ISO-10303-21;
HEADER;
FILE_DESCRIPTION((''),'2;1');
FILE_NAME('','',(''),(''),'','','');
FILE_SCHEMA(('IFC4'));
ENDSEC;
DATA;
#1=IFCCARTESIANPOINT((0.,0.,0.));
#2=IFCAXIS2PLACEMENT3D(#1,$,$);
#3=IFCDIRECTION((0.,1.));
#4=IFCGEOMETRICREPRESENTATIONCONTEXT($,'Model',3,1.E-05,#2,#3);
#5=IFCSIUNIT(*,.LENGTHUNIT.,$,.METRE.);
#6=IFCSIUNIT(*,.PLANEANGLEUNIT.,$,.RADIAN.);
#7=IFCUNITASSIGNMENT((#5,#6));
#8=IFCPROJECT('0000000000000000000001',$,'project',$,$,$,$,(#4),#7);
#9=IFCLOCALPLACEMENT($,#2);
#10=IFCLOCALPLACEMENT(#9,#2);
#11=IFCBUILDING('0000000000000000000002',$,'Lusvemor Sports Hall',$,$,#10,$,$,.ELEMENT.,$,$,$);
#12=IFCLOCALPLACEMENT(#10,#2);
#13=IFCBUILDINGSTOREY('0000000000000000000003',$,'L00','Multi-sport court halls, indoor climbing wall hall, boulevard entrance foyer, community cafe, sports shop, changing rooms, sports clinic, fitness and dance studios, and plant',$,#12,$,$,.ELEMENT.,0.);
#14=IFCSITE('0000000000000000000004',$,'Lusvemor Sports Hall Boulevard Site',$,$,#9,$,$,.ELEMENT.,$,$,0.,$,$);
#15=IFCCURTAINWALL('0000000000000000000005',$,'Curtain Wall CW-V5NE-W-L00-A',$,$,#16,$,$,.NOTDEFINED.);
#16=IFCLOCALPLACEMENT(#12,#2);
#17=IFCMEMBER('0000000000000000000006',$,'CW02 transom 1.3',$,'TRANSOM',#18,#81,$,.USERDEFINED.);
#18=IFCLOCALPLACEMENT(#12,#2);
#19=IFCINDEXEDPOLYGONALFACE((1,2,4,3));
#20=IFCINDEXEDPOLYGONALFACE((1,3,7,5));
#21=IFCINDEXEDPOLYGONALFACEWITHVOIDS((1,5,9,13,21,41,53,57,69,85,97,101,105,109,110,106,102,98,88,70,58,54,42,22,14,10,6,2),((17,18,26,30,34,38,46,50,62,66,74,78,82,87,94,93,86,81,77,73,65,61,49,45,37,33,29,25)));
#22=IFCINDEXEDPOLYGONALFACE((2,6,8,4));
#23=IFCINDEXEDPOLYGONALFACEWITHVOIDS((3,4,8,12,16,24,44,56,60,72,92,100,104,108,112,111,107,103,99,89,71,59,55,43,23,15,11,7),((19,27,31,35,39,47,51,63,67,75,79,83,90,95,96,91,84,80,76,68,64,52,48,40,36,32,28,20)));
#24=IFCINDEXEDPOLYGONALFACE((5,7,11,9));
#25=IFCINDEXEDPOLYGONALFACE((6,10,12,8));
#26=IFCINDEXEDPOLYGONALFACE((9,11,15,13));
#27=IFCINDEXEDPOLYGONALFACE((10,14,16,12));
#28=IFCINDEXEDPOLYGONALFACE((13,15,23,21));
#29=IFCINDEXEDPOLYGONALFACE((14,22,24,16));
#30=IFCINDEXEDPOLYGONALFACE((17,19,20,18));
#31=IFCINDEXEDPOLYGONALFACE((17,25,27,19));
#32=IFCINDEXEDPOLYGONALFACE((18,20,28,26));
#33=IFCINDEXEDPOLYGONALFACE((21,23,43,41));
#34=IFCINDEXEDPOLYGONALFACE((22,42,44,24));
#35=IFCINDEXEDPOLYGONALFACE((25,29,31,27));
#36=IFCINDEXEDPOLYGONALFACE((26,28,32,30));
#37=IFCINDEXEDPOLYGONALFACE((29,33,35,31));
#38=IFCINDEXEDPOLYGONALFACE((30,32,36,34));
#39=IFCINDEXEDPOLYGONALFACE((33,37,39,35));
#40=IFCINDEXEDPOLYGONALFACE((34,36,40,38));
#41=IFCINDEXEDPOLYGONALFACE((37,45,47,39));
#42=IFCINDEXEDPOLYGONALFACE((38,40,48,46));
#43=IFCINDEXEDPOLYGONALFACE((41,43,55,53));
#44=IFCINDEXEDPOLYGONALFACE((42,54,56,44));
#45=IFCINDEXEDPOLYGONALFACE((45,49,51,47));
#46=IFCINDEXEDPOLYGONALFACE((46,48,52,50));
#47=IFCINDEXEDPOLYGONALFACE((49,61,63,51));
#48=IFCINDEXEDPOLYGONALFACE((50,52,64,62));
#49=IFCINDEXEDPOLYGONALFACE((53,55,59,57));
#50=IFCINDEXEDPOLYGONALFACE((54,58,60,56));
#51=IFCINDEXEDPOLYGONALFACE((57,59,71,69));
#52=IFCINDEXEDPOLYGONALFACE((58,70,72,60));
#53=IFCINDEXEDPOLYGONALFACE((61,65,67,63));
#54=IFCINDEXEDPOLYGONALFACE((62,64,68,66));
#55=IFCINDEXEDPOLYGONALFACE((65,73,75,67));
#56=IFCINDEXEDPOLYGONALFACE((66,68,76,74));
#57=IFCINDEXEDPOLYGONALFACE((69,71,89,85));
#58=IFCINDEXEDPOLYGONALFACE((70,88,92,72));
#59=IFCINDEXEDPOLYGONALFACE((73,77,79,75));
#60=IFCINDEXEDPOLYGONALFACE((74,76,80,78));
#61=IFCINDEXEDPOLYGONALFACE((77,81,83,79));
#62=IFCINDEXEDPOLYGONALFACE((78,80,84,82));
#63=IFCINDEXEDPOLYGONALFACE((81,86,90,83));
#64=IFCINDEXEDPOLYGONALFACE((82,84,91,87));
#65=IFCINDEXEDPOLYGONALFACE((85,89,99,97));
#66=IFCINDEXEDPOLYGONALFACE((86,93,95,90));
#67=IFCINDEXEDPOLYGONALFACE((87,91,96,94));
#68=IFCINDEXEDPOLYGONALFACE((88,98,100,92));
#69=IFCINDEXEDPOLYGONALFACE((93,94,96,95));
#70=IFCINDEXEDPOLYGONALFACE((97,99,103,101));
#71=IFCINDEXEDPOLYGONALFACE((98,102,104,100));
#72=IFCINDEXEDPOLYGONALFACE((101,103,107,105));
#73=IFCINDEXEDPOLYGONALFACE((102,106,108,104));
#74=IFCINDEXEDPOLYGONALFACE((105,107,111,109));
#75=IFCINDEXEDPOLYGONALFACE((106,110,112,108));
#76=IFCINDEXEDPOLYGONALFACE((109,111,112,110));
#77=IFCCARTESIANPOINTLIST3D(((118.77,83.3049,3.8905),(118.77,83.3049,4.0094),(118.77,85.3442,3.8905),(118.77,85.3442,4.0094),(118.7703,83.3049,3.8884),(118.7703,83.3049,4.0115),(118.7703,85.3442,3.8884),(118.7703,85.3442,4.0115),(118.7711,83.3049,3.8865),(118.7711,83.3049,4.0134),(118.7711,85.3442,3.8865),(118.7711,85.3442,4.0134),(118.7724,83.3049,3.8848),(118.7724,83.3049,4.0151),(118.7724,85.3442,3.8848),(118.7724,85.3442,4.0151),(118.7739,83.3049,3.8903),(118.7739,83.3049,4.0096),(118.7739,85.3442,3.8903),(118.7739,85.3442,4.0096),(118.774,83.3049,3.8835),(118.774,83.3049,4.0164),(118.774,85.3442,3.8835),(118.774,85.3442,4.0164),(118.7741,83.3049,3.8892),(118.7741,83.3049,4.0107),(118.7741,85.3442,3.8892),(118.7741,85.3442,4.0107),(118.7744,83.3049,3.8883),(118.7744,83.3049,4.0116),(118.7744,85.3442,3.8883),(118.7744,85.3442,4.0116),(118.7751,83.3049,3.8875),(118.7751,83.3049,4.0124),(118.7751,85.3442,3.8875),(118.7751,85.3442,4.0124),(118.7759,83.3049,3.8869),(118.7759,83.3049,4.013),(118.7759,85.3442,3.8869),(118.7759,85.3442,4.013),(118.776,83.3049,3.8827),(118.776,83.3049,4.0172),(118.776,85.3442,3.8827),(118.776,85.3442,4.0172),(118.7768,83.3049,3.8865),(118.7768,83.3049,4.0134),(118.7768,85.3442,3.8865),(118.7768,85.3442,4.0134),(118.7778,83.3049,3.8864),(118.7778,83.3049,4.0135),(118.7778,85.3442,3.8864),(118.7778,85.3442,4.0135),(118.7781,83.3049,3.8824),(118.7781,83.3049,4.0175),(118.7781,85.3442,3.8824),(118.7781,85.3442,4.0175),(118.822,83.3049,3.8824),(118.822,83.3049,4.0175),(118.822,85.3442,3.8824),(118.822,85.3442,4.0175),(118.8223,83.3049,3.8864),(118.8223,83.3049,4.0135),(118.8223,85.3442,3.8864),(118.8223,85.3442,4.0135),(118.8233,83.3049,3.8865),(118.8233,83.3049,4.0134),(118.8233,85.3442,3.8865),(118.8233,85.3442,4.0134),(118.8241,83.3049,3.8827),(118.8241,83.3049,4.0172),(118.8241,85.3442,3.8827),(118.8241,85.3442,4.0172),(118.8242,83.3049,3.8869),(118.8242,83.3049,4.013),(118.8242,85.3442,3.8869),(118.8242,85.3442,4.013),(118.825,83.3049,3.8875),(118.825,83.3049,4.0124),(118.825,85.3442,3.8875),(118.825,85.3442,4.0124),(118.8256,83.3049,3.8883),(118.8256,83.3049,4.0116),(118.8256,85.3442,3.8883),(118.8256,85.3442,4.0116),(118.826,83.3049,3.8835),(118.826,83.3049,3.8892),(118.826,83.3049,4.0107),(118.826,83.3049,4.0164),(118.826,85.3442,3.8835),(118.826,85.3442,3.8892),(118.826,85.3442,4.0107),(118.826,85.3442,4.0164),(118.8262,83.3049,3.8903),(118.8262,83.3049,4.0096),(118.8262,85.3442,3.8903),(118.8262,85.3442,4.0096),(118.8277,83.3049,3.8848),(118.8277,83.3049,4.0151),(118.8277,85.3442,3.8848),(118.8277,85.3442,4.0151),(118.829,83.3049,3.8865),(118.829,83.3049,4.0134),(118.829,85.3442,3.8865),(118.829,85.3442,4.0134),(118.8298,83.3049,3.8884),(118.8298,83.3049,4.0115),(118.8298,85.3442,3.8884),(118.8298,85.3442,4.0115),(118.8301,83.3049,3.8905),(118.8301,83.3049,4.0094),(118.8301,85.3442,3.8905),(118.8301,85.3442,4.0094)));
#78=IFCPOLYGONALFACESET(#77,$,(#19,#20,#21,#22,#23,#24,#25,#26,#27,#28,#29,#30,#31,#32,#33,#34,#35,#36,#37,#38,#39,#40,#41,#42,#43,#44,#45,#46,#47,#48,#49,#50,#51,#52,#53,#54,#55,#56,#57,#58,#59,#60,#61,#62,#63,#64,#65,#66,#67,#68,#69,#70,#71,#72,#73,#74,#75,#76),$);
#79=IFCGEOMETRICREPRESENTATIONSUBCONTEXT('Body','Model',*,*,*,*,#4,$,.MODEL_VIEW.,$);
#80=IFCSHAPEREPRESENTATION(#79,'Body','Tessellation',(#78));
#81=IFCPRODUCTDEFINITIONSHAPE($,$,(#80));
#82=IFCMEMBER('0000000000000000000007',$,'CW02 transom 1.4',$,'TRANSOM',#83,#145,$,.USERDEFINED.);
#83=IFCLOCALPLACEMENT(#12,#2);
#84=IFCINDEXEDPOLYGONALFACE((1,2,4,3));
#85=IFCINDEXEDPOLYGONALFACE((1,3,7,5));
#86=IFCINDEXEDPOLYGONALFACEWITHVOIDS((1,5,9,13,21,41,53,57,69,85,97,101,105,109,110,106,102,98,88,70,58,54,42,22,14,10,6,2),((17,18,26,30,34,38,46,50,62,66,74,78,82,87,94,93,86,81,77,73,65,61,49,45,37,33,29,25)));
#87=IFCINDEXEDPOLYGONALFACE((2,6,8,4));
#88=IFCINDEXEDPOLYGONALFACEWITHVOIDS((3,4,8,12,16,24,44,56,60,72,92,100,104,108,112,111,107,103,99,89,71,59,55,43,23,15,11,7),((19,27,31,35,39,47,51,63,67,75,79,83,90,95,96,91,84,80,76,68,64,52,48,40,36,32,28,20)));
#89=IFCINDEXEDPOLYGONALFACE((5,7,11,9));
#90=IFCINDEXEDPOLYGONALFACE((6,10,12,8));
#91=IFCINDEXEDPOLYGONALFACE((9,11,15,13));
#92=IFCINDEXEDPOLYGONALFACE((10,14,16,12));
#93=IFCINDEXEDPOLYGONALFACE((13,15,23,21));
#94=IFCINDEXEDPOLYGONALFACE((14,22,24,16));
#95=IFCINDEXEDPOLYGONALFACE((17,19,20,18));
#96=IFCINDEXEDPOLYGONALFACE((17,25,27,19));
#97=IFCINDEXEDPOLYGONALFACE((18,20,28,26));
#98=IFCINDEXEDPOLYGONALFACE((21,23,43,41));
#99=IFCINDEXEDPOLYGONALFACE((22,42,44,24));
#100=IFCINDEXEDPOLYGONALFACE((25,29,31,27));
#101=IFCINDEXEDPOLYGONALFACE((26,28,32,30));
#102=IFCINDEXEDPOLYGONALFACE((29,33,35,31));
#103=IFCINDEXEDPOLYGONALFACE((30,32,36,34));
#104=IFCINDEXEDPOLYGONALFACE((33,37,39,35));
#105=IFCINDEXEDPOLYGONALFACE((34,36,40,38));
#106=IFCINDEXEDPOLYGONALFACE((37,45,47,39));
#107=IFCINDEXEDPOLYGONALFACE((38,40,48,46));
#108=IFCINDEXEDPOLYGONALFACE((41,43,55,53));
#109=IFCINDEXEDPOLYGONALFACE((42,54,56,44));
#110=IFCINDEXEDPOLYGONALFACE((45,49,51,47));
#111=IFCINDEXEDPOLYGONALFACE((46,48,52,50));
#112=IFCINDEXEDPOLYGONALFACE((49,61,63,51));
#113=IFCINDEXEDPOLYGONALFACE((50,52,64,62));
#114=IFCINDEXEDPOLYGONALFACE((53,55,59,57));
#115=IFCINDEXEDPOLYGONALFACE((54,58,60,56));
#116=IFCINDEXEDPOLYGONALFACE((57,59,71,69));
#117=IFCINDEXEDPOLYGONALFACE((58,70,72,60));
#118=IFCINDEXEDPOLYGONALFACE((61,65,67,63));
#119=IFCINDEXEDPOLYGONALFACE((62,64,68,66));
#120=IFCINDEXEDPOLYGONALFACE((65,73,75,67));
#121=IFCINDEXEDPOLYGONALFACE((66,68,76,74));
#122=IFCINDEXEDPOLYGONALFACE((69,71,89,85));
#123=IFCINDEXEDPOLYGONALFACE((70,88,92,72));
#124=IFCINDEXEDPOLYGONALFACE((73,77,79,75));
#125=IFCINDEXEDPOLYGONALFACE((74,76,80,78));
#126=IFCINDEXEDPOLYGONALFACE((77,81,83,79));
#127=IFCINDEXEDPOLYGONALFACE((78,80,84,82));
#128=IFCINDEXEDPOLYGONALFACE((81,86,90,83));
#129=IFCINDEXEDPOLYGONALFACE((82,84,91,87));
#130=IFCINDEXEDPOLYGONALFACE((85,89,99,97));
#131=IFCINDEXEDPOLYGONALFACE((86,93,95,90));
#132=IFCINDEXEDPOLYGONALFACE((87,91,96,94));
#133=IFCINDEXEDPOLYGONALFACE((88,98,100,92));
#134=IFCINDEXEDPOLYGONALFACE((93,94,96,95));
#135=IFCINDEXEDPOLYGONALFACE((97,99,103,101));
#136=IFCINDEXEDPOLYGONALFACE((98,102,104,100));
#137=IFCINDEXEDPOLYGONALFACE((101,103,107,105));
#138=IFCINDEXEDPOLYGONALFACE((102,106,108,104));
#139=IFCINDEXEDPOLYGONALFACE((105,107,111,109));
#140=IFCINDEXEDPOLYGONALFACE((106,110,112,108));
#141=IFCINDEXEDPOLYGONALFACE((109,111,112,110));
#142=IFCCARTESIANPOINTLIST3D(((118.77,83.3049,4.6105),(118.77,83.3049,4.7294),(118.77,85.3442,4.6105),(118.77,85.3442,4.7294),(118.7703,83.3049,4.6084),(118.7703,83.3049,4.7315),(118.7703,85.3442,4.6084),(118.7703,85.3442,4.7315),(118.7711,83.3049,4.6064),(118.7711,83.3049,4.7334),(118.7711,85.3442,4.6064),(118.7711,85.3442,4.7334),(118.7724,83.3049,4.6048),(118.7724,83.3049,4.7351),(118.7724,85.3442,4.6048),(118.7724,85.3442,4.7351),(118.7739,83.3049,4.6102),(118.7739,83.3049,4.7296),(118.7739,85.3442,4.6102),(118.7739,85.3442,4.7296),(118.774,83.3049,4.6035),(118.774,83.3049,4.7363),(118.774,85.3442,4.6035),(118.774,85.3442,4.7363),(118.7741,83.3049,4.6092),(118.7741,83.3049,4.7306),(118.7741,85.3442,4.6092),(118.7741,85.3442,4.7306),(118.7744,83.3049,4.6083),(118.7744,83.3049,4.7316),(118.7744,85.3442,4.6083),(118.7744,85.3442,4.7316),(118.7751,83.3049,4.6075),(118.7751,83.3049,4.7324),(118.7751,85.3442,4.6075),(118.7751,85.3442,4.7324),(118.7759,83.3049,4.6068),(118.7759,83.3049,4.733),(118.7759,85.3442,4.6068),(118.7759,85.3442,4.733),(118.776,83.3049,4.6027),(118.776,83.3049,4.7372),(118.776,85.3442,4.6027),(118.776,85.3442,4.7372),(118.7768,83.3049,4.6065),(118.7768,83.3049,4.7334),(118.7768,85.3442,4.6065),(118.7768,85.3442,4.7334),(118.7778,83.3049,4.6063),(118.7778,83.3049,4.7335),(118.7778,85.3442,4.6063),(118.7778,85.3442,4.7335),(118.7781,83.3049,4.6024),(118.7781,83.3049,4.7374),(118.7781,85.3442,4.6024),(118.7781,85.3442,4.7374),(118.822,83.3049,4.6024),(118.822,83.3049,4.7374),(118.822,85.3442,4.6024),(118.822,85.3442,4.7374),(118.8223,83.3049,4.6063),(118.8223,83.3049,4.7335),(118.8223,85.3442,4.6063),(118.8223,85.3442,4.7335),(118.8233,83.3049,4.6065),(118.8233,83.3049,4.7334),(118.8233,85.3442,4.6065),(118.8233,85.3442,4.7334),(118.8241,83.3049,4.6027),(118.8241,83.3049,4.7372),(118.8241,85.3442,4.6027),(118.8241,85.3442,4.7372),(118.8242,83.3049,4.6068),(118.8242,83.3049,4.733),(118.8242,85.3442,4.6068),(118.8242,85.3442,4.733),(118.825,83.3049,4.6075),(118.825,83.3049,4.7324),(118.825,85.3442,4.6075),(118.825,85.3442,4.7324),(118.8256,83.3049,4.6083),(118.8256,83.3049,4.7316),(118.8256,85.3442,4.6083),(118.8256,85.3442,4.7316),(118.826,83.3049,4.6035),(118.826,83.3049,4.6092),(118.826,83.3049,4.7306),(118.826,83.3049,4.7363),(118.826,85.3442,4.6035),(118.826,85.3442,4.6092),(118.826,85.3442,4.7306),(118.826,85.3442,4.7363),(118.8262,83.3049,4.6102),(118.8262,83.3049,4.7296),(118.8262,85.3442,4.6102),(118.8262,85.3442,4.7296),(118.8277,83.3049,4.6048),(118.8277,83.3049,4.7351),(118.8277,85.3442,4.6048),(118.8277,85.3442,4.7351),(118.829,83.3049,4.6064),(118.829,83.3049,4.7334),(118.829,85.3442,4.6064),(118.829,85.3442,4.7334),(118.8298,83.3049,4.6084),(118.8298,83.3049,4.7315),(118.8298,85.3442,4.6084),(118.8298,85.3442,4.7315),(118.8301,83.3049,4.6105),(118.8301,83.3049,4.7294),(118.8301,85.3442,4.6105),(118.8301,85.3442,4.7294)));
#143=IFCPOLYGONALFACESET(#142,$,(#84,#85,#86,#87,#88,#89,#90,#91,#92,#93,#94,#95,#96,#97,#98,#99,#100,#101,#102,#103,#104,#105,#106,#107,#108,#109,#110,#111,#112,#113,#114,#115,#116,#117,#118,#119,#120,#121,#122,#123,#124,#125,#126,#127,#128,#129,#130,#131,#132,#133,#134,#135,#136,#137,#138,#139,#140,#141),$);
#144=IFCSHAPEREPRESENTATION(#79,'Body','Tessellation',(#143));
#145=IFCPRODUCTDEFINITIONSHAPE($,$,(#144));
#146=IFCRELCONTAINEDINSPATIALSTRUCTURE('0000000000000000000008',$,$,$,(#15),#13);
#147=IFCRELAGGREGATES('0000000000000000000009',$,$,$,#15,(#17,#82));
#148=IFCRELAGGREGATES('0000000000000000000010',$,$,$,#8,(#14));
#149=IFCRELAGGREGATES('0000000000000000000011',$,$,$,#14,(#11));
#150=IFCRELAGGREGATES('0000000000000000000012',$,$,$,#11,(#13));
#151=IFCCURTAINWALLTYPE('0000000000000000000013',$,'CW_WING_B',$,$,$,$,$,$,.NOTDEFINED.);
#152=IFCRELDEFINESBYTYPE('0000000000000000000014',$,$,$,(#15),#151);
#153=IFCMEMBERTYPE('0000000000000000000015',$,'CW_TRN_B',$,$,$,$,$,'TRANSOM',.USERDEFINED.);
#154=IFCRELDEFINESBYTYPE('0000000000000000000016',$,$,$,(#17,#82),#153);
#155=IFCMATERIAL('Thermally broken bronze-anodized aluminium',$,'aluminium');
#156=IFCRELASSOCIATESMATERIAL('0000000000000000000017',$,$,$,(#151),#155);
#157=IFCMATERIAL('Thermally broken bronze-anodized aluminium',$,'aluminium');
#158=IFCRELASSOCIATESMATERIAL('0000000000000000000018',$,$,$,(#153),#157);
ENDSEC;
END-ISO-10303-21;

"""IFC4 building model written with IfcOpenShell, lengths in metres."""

from ifc_helpers import new_model, si_unit, direction, frame, origin, origin_2d, place, context, subcontext, project, spatial, hollow_rectangle, extrude, material, material_profile, profile_set, type_object, element, aggregate, save


model = new_model("IFC4")

# Units and contexts
model_context = context("Model", 3, precision=1e-05, world=origin(), true_north=direction((0.0, 1.0)))
body_context = subcontext(model_context, "Body", "Model", "MODEL_VIEW")
ifc_project = project(units=[si_unit("LENGTHUNIT", "METRE"), si_unit("PLANEANGLEUNIT", "RADIAN")], contexts=[model_context])

# Site, building, storey
site_placement = place(None, origin())
site = spatial("IfcSite", under=ifc_project, at=site_placement, Name="Lusvemor Sports Hall Boulevard Site", CompositionType="ELEMENT", RefElevation=0.0)
building_placement = place(site_placement, origin())
building = spatial("IfcBuilding", under=site, at=building_placement, Name="Lusvemor Sports Hall", CompositionType="ELEMENT")
storey_placement = place(building_placement, origin())
storey = spatial("IfcBuildingStorey", under=building, at=storey_placement, Name="L00", Description="Multi-sport court halls, indoor climbing wall hall, boulevard entrance foyer, community cafe, sports shop, changing rooms, sports clinic, fitness and dance studios, and plant", CompositionType="ELEMENT", Elevation=0.0)

# Shared definitions
ifc_material_1 = material(Name="Thermally broken bronze-anodized aluminium", Category="aluminium")
curtain_wall_type = type_object("IfcCurtainWallType", Name="CW_WING_B", PredefinedType="NOTDEFINED", material=ifc_material_1)

# Curtain wall, members
curtain_wall_1_placement = place(storey_placement, origin())
curtain_wall_1 = element("IfcCurtainWall", 1, at=curtain_wall_1_placement, inside=storey, type_object=curtain_wall_type, Name="Curtain Wall CW-V5NE-W-L00-A", PredefinedType="NOTDEFINED")
ifc_material_2 = material(Name="Thermally broken bronze-anodized aluminium", Category="aluminium")
ifc_material_profile_1 = material_profile(ifc_material_2, hollow_rectangle(XDim=0.0601, YDim=0.135, WallThickness=0.0039, InnerFilletRadius=0.0039, OuterFilletRadius=0.0081, at=origin_2d()), Name="CWTRN135x60x4")
ifc_profile_set_1 = profile_set([ifc_material_profile_1], Name="Thermally broken bronze-anodized aluminium")
member_type_1 = type_object("IfcMemberType", Name="CW_TRN_B", ElementType="TRANSOM", PredefinedType="USERDEFINED", material=ifc_profile_set_1)
member_1_placement = place(storey_placement, frame((118.8, 83.3049, 3.95), z_axis=(0.0, 1.0, 0.0), x_axis=(-1.0, 0.0, 0.0)))
member_1 = element("IfcMember", 2, at=member_1_placement, type_object=member_type_1, Name="CW02 transom 1.3", ObjectType="TRANSOM", PredefinedType="USERDEFINED", context=body_context, shape_type="SweptSolid", body=[
    extrude(hollow_rectangle(XDim=0.0601, YDim=0.135, WallThickness=0.0039, InnerFilletRadius=0.0039, OuterFilletRadius=0.0081, at=origin_2d()), origin(), (0.0, 0.0, 1.0), 2.0393),
])
member_2_placement = place(storey_placement, frame((118.8, 83.3049, 4.6699), z_axis=(0.0, 1.0, 0.0), x_axis=(-1.0, 0.0, 0.0)))
member_2 = element("IfcMember", 3, at=member_2_placement, type_object=member_type_1, Name="CW02 transom 1.4", ObjectType="TRANSOM", PredefinedType="USERDEFINED", context=body_context, shape_type="SweptSolid", body=[
    extrude(hollow_rectangle(XDim=0.0601, YDim=0.135, WallThickness=0.0039, InnerFilletRadius=0.0039, OuterFilletRadius=0.0081, at=origin_2d()), origin(), (0.0, 0.0, 1.0), 2.0393),
])
aggregate(curtain_wall_1, [member_1, member_2])

save(model, "model.ifc")
